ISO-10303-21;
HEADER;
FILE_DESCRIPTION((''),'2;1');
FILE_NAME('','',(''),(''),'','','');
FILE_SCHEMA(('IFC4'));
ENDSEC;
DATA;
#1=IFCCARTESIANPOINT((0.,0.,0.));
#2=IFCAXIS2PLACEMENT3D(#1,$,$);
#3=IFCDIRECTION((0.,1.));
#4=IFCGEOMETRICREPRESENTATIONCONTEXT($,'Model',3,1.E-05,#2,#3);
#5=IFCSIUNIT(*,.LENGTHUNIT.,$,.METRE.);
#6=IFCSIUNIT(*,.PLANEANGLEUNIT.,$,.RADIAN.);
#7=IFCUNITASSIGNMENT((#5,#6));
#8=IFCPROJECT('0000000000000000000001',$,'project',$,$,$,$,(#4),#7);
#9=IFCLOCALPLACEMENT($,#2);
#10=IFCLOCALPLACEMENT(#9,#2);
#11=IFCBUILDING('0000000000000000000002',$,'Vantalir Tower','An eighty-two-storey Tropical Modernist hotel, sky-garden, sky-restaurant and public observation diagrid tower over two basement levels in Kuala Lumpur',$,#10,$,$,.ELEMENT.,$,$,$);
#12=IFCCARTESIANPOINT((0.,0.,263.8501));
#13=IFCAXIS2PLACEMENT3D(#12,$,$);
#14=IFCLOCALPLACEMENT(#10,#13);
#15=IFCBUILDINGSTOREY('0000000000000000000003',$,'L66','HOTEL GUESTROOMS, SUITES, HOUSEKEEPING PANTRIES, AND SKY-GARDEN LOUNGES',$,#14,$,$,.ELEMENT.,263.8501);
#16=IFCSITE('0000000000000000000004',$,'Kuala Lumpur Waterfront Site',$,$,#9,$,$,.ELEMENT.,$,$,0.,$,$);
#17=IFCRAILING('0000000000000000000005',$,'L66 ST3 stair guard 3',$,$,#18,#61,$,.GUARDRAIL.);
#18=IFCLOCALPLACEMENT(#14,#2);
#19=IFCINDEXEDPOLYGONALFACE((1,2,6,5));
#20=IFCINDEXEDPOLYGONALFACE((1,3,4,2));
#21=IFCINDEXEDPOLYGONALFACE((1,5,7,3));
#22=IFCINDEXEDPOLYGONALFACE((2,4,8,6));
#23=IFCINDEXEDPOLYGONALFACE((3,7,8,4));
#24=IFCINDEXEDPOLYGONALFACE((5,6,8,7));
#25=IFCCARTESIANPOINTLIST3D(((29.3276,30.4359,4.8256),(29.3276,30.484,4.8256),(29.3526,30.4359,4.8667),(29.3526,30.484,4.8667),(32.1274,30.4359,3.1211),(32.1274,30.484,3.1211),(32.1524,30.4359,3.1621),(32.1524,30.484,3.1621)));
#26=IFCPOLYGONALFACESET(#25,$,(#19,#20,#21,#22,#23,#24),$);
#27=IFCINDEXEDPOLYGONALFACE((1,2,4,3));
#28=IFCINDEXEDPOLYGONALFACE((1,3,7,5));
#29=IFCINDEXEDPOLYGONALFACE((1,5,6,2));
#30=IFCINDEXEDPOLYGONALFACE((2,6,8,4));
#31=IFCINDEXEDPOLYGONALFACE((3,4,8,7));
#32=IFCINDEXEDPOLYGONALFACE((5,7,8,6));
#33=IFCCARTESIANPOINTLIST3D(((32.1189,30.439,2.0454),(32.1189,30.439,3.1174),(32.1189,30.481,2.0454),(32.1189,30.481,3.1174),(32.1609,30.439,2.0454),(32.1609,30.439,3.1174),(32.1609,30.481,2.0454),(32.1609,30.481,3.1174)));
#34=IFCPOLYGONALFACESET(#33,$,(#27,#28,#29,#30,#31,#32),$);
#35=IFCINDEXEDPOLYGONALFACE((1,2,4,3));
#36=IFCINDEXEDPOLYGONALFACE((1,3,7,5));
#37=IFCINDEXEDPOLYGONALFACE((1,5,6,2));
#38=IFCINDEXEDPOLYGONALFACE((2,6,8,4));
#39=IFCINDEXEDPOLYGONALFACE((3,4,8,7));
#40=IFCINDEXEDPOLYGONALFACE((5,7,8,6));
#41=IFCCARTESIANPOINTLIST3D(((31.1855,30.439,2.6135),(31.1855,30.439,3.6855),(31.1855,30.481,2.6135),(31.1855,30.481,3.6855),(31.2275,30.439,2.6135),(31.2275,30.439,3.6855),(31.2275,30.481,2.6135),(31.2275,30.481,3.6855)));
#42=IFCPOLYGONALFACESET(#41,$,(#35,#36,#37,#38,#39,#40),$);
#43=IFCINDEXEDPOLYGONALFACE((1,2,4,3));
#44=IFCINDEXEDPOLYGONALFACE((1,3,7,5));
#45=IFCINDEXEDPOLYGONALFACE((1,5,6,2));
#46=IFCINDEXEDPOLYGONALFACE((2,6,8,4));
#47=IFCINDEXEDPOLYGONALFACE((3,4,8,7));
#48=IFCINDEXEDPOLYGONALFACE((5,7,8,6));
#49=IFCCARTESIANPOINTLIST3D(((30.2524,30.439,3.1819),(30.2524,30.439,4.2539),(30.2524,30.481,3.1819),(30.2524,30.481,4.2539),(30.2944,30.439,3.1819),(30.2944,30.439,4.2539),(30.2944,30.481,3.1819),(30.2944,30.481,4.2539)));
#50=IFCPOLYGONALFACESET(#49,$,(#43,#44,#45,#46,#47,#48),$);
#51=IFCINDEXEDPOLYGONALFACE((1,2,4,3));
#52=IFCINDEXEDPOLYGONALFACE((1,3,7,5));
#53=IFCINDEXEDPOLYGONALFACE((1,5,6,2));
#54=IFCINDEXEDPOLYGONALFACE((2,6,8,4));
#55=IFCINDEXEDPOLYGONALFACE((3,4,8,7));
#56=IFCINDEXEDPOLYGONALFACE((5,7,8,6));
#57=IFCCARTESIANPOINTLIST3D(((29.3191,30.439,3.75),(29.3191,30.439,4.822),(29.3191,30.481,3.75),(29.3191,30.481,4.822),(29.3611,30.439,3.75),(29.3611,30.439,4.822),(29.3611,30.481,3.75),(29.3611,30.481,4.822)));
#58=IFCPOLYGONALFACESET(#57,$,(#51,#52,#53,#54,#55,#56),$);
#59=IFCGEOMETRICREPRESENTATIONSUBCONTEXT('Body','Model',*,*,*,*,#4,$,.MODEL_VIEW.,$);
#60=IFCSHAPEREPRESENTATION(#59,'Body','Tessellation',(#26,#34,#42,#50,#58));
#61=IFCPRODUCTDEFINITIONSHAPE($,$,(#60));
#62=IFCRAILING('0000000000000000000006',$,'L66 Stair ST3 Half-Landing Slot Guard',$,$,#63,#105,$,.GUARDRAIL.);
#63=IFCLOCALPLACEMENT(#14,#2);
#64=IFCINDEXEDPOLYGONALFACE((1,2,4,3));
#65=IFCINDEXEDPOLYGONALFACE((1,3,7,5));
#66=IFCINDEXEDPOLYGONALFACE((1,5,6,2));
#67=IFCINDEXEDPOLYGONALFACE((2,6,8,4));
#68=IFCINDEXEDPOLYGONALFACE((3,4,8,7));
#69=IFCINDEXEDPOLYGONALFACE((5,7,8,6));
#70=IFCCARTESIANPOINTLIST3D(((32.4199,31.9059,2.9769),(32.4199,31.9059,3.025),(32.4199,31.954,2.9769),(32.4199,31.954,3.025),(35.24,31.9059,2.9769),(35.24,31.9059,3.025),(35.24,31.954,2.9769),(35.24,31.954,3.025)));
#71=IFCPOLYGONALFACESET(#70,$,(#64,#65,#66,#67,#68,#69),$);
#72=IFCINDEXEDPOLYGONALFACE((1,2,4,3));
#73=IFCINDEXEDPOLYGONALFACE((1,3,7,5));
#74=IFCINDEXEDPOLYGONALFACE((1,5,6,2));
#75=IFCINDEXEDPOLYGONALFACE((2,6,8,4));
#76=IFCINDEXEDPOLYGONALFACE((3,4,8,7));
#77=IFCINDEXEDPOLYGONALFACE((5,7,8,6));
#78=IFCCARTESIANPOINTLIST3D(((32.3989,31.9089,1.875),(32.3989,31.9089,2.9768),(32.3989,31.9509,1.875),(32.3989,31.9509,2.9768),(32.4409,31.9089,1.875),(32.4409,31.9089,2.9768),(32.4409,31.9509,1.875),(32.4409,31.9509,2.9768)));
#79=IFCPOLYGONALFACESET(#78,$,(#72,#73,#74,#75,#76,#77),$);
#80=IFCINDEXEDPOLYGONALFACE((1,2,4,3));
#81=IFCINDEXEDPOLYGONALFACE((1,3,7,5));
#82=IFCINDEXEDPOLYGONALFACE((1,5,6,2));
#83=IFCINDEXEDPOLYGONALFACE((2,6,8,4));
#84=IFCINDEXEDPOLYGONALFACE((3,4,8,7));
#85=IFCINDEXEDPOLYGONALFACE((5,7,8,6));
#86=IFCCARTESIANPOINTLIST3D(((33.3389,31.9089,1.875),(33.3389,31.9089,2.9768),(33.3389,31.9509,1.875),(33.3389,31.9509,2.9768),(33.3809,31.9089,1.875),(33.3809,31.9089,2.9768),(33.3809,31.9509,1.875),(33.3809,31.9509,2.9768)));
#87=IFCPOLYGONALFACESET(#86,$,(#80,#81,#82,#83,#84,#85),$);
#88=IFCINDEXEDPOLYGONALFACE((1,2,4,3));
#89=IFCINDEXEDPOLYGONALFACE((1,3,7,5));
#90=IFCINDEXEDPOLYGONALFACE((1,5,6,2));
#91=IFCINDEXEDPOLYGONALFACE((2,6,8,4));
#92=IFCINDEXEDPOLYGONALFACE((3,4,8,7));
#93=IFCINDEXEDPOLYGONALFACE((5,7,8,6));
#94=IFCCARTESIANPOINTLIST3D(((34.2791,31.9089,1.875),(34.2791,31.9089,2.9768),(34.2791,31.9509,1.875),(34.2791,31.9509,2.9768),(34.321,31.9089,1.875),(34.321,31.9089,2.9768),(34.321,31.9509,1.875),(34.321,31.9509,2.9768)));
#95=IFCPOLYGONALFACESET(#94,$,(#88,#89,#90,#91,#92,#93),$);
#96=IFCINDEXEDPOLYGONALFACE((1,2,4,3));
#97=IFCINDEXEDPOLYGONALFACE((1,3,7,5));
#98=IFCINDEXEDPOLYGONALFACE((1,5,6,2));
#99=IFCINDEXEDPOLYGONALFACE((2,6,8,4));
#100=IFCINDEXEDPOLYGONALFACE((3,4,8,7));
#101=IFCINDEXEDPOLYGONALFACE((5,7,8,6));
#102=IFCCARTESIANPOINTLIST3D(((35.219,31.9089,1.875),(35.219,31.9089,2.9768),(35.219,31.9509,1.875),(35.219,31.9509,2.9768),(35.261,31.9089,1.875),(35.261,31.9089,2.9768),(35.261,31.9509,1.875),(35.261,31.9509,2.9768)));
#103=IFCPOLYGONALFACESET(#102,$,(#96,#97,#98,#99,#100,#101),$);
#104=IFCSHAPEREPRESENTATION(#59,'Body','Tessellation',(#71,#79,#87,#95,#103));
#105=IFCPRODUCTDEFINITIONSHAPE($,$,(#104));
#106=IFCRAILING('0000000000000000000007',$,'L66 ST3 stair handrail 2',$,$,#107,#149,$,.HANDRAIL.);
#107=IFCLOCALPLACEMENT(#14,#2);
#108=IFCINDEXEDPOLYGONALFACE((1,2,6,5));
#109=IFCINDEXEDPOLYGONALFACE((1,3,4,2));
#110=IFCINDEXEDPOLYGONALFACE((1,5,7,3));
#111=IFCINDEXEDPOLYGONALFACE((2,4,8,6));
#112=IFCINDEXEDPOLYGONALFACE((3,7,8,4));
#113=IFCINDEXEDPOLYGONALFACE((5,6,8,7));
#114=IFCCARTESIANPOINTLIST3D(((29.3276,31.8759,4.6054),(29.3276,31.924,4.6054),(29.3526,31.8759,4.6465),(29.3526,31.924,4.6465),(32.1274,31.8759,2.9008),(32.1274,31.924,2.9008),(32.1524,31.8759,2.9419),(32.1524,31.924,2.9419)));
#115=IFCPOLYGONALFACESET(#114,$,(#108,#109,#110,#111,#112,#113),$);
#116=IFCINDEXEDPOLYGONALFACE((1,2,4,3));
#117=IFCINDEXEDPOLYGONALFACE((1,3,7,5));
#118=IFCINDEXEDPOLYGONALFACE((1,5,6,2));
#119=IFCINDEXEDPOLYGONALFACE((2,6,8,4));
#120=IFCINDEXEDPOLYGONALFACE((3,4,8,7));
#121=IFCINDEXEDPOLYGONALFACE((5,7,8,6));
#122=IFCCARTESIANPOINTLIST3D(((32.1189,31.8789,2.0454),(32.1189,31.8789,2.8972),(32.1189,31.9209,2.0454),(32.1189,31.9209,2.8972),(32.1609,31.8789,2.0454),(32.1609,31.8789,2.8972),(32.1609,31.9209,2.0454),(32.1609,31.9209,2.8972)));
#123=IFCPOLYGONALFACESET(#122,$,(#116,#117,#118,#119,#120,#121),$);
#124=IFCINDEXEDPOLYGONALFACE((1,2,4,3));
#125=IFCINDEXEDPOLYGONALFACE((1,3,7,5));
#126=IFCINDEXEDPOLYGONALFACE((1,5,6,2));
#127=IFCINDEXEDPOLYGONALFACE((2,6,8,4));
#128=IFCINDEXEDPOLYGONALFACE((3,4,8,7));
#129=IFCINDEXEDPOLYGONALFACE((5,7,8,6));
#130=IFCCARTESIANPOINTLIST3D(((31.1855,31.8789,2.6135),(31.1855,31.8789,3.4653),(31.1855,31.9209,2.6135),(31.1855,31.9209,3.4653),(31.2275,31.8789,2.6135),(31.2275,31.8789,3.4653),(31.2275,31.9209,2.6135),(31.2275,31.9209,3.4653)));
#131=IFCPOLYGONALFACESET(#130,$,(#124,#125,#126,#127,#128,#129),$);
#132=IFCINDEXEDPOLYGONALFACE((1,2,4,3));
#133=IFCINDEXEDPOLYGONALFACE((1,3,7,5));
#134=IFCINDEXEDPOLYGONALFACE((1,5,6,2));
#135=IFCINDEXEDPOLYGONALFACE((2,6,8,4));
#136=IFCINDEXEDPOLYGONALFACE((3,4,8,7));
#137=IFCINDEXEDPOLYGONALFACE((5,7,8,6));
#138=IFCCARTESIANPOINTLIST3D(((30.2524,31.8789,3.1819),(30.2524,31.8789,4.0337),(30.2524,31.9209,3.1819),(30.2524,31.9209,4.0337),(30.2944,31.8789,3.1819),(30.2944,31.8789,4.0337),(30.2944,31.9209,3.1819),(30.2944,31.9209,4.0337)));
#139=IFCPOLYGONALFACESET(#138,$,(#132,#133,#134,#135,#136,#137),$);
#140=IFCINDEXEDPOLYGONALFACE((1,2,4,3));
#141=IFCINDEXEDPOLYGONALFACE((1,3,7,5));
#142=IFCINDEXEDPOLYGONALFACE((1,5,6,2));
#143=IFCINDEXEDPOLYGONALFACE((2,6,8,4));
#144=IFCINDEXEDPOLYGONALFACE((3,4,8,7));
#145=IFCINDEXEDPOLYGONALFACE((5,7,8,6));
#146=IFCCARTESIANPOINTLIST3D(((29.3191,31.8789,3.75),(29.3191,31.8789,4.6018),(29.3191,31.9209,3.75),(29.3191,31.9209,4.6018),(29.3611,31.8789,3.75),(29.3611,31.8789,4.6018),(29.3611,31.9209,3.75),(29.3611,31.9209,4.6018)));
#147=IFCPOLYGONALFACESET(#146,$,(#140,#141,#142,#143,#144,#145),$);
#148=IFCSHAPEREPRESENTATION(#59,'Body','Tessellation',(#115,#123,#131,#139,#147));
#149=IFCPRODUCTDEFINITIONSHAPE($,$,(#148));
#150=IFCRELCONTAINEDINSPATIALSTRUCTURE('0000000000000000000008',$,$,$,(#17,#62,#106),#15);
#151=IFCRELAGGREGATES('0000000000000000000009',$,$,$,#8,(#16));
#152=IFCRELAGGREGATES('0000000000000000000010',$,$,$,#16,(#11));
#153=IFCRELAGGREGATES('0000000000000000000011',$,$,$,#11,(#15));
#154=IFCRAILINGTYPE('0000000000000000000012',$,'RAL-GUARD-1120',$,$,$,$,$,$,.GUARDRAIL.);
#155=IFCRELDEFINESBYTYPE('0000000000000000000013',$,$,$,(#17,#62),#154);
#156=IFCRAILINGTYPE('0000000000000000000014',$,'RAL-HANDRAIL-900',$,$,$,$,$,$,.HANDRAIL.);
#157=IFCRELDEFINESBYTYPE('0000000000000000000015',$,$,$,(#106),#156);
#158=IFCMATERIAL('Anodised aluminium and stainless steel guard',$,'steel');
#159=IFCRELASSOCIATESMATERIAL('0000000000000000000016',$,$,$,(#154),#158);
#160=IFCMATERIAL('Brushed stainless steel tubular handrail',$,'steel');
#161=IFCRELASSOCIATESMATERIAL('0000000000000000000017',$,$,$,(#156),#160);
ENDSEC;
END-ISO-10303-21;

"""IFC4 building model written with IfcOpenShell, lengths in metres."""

from ifc_helpers import new_model, si_unit, direction, frame, origin, origin_2d, place, context, subcontext, project, spatial, rectangle, extrude, material, type_object, element, save


model = new_model("IFC4")

# Units and contexts
model_context = context("Model", 3, precision=1e-05, world=origin(), true_north=direction((0.0, 1.0)))
body_context = subcontext(model_context, "Body", "Model", "MODEL_VIEW")
ifc_project = project(units=[si_unit("LENGTHUNIT", "METRE"), si_unit("PLANEANGLEUNIT", "RADIAN")], contexts=[model_context])

# Site, building, storey
site_placement = place(None, origin())
site = spatial("IfcSite", under=ifc_project, at=site_placement, Name="Kuala Lumpur Waterfront Site", CompositionType="ELEMENT", RefElevation=0.0)
building_placement = place(site_placement, origin())
building = spatial("IfcBuilding", under=site, at=building_placement, Name="Vantalir Tower", Description="An eighty-two-storey Tropical Modernist hotel, sky-garden, sky-restaurant and public observation diagrid tower over two basement levels in Kuala Lumpur", CompositionType="ELEMENT")
storey_placement = place(building_placement, frame((0.0, 0.0, 263.8501)))
storey = spatial("IfcBuildingStorey", under=building, at=storey_placement, Name="L66", Description="HOTEL GUESTROOMS, SUITES, HOUSEKEEPING PANTRIES, AND SKY-GARDEN LOUNGES", CompositionType="ELEMENT", Elevation=263.8501)

# Railings
ifc_material_1 = material(Name="Anodised aluminium and stainless steel guard", Category="steel")
railing_type_1 = type_object("IfcRailingType", Name="RAL-GUARD-1120", PredefinedType="GUARDRAIL", material=ifc_material_1)
railing_1_placement = place(storey_placement, frame((32.1399, 30.46, 2.0454)))
element("IfcRailing", 1, at=railing_1_placement, inside=storey, type_object=railing_type_1, Name="L66 ST3 stair guard 3", PredefinedType="GUARDRAIL", context=body_context, shape_type="SweptSolid", body=[
    extrude(rectangle(XDim=0.0481, YDim=0.0481, at=origin_2d()), frame((0.0, 0.0, 1.0962), z_axis=(-0.85415, 0.0, 0.520027), x_axis=(0.0, -1.0, 0.0)), (0.0, 0.0, 1.0), 3.2778),
    extrude(rectangle(XDim=0.042, YDim=0.042, at=origin_2d()), origin(), (0.0, 0.0, 1.0), 1.072),
    extrude(rectangle(XDim=0.042, YDim=0.042, at=origin_2d()), frame((-0.9333, 0.0, 0.5681)), (0.0, 0.0, 1.0), 1.072),
    extrude(rectangle(XDim=0.042, YDim=0.042, at=origin_2d()), frame((-1.8665, 0.0, 1.1365)), (0.0, 0.0, 1.0), 1.072),
    extrude(rectangle(XDim=0.042, YDim=0.042, at=origin_2d()), frame((-2.7998, 0.0, 1.7046)), (0.0, 0.0, 1.0), 1.072),
])
railing_2_placement = place(storey_placement, frame((32.4199, 31.9299, 1.875)))
element("IfcRailing", 2, at=railing_2_placement, inside=storey, type_object=railing_type_1, Name="L66 Stair ST3 Half-Landing Slot Guard", PredefinedType="GUARDRAIL", context=body_context, shape_type="SweptSolid", body=[
    extrude(rectangle(XDim=0.0481, YDim=0.0481, at=origin_2d()), frame((0.0, 0.0, 1.126), z_axis=(1.0, 0.0, 0.0), x_axis=(0.0, 1.0, 0.0)), (0.0, 0.0, 1.0), 2.8201),
    extrude(rectangle(XDim=0.042, YDim=0.042, at=origin_2d()), origin(), (0.0, 0.0, 1.0), 1.1018),
    extrude(rectangle(XDim=0.042, YDim=0.042, at=origin_2d()), frame((0.9399, 0.0, 0.0)), (0.0, 0.0, 1.0), 1.1018),
    extrude(rectangle(XDim=0.042, YDim=0.042, at=origin_2d()), frame((1.8801, 0.0, 0.0)), (0.0, 0.0, 1.0), 1.1018),
    extrude(rectangle(XDim=0.042, YDim=0.042, at=origin_2d()), frame((2.8201, 0.0, 0.0)), (0.0, 0.0, 1.0), 1.1018),
])
ifc_material_2 = material(Name="Brushed stainless steel tubular handrail", Category="steel")
railing_type_2 = type_object("IfcRailingType", Name="RAL-HANDRAIL-900", PredefinedType="HANDRAIL", material=ifc_material_2)
railing_3_placement = place(storey_placement, frame((32.1399, 31.8999, 2.0454)))
element("IfcRailing", 3, at=railing_3_placement, inside=storey, type_object=railing_type_2, Name="L66 ST3 stair handrail 2", PredefinedType="HANDRAIL", context=body_context, shape_type="SweptSolid", body=[
    extrude(rectangle(XDim=0.0481, YDim=0.0481, at=origin_2d()), frame((0.0, 0.0, 0.876), z_axis=(-0.85415, 0.0, 0.520027), x_axis=(0.0, -1.0, 0.0)), (0.0, 0.0, 1.0), 3.2778),
    extrude(rectangle(XDim=0.042, YDim=0.042, at=origin_2d()), origin(), (0.0, 0.0, 1.0), 0.8518),
    extrude(rectangle(XDim=0.042, YDim=0.042, at=origin_2d()), frame((-0.9333, 0.0, 0.5681)), (0.0, 0.0, 1.0), 0.8518),
    extrude(rectangle(XDim=0.042, YDim=0.042, at=origin_2d()), frame((-1.8665, 0.0, 1.1365)), (0.0, 0.0, 1.0), 0.8518),
    extrude(rectangle(XDim=0.042, YDim=0.042, at=origin_2d()), frame((-2.7998, 0.0, 1.7046)), (0.0, 0.0, 1.0), 0.8518),
])

save(model, "model.ifc")
